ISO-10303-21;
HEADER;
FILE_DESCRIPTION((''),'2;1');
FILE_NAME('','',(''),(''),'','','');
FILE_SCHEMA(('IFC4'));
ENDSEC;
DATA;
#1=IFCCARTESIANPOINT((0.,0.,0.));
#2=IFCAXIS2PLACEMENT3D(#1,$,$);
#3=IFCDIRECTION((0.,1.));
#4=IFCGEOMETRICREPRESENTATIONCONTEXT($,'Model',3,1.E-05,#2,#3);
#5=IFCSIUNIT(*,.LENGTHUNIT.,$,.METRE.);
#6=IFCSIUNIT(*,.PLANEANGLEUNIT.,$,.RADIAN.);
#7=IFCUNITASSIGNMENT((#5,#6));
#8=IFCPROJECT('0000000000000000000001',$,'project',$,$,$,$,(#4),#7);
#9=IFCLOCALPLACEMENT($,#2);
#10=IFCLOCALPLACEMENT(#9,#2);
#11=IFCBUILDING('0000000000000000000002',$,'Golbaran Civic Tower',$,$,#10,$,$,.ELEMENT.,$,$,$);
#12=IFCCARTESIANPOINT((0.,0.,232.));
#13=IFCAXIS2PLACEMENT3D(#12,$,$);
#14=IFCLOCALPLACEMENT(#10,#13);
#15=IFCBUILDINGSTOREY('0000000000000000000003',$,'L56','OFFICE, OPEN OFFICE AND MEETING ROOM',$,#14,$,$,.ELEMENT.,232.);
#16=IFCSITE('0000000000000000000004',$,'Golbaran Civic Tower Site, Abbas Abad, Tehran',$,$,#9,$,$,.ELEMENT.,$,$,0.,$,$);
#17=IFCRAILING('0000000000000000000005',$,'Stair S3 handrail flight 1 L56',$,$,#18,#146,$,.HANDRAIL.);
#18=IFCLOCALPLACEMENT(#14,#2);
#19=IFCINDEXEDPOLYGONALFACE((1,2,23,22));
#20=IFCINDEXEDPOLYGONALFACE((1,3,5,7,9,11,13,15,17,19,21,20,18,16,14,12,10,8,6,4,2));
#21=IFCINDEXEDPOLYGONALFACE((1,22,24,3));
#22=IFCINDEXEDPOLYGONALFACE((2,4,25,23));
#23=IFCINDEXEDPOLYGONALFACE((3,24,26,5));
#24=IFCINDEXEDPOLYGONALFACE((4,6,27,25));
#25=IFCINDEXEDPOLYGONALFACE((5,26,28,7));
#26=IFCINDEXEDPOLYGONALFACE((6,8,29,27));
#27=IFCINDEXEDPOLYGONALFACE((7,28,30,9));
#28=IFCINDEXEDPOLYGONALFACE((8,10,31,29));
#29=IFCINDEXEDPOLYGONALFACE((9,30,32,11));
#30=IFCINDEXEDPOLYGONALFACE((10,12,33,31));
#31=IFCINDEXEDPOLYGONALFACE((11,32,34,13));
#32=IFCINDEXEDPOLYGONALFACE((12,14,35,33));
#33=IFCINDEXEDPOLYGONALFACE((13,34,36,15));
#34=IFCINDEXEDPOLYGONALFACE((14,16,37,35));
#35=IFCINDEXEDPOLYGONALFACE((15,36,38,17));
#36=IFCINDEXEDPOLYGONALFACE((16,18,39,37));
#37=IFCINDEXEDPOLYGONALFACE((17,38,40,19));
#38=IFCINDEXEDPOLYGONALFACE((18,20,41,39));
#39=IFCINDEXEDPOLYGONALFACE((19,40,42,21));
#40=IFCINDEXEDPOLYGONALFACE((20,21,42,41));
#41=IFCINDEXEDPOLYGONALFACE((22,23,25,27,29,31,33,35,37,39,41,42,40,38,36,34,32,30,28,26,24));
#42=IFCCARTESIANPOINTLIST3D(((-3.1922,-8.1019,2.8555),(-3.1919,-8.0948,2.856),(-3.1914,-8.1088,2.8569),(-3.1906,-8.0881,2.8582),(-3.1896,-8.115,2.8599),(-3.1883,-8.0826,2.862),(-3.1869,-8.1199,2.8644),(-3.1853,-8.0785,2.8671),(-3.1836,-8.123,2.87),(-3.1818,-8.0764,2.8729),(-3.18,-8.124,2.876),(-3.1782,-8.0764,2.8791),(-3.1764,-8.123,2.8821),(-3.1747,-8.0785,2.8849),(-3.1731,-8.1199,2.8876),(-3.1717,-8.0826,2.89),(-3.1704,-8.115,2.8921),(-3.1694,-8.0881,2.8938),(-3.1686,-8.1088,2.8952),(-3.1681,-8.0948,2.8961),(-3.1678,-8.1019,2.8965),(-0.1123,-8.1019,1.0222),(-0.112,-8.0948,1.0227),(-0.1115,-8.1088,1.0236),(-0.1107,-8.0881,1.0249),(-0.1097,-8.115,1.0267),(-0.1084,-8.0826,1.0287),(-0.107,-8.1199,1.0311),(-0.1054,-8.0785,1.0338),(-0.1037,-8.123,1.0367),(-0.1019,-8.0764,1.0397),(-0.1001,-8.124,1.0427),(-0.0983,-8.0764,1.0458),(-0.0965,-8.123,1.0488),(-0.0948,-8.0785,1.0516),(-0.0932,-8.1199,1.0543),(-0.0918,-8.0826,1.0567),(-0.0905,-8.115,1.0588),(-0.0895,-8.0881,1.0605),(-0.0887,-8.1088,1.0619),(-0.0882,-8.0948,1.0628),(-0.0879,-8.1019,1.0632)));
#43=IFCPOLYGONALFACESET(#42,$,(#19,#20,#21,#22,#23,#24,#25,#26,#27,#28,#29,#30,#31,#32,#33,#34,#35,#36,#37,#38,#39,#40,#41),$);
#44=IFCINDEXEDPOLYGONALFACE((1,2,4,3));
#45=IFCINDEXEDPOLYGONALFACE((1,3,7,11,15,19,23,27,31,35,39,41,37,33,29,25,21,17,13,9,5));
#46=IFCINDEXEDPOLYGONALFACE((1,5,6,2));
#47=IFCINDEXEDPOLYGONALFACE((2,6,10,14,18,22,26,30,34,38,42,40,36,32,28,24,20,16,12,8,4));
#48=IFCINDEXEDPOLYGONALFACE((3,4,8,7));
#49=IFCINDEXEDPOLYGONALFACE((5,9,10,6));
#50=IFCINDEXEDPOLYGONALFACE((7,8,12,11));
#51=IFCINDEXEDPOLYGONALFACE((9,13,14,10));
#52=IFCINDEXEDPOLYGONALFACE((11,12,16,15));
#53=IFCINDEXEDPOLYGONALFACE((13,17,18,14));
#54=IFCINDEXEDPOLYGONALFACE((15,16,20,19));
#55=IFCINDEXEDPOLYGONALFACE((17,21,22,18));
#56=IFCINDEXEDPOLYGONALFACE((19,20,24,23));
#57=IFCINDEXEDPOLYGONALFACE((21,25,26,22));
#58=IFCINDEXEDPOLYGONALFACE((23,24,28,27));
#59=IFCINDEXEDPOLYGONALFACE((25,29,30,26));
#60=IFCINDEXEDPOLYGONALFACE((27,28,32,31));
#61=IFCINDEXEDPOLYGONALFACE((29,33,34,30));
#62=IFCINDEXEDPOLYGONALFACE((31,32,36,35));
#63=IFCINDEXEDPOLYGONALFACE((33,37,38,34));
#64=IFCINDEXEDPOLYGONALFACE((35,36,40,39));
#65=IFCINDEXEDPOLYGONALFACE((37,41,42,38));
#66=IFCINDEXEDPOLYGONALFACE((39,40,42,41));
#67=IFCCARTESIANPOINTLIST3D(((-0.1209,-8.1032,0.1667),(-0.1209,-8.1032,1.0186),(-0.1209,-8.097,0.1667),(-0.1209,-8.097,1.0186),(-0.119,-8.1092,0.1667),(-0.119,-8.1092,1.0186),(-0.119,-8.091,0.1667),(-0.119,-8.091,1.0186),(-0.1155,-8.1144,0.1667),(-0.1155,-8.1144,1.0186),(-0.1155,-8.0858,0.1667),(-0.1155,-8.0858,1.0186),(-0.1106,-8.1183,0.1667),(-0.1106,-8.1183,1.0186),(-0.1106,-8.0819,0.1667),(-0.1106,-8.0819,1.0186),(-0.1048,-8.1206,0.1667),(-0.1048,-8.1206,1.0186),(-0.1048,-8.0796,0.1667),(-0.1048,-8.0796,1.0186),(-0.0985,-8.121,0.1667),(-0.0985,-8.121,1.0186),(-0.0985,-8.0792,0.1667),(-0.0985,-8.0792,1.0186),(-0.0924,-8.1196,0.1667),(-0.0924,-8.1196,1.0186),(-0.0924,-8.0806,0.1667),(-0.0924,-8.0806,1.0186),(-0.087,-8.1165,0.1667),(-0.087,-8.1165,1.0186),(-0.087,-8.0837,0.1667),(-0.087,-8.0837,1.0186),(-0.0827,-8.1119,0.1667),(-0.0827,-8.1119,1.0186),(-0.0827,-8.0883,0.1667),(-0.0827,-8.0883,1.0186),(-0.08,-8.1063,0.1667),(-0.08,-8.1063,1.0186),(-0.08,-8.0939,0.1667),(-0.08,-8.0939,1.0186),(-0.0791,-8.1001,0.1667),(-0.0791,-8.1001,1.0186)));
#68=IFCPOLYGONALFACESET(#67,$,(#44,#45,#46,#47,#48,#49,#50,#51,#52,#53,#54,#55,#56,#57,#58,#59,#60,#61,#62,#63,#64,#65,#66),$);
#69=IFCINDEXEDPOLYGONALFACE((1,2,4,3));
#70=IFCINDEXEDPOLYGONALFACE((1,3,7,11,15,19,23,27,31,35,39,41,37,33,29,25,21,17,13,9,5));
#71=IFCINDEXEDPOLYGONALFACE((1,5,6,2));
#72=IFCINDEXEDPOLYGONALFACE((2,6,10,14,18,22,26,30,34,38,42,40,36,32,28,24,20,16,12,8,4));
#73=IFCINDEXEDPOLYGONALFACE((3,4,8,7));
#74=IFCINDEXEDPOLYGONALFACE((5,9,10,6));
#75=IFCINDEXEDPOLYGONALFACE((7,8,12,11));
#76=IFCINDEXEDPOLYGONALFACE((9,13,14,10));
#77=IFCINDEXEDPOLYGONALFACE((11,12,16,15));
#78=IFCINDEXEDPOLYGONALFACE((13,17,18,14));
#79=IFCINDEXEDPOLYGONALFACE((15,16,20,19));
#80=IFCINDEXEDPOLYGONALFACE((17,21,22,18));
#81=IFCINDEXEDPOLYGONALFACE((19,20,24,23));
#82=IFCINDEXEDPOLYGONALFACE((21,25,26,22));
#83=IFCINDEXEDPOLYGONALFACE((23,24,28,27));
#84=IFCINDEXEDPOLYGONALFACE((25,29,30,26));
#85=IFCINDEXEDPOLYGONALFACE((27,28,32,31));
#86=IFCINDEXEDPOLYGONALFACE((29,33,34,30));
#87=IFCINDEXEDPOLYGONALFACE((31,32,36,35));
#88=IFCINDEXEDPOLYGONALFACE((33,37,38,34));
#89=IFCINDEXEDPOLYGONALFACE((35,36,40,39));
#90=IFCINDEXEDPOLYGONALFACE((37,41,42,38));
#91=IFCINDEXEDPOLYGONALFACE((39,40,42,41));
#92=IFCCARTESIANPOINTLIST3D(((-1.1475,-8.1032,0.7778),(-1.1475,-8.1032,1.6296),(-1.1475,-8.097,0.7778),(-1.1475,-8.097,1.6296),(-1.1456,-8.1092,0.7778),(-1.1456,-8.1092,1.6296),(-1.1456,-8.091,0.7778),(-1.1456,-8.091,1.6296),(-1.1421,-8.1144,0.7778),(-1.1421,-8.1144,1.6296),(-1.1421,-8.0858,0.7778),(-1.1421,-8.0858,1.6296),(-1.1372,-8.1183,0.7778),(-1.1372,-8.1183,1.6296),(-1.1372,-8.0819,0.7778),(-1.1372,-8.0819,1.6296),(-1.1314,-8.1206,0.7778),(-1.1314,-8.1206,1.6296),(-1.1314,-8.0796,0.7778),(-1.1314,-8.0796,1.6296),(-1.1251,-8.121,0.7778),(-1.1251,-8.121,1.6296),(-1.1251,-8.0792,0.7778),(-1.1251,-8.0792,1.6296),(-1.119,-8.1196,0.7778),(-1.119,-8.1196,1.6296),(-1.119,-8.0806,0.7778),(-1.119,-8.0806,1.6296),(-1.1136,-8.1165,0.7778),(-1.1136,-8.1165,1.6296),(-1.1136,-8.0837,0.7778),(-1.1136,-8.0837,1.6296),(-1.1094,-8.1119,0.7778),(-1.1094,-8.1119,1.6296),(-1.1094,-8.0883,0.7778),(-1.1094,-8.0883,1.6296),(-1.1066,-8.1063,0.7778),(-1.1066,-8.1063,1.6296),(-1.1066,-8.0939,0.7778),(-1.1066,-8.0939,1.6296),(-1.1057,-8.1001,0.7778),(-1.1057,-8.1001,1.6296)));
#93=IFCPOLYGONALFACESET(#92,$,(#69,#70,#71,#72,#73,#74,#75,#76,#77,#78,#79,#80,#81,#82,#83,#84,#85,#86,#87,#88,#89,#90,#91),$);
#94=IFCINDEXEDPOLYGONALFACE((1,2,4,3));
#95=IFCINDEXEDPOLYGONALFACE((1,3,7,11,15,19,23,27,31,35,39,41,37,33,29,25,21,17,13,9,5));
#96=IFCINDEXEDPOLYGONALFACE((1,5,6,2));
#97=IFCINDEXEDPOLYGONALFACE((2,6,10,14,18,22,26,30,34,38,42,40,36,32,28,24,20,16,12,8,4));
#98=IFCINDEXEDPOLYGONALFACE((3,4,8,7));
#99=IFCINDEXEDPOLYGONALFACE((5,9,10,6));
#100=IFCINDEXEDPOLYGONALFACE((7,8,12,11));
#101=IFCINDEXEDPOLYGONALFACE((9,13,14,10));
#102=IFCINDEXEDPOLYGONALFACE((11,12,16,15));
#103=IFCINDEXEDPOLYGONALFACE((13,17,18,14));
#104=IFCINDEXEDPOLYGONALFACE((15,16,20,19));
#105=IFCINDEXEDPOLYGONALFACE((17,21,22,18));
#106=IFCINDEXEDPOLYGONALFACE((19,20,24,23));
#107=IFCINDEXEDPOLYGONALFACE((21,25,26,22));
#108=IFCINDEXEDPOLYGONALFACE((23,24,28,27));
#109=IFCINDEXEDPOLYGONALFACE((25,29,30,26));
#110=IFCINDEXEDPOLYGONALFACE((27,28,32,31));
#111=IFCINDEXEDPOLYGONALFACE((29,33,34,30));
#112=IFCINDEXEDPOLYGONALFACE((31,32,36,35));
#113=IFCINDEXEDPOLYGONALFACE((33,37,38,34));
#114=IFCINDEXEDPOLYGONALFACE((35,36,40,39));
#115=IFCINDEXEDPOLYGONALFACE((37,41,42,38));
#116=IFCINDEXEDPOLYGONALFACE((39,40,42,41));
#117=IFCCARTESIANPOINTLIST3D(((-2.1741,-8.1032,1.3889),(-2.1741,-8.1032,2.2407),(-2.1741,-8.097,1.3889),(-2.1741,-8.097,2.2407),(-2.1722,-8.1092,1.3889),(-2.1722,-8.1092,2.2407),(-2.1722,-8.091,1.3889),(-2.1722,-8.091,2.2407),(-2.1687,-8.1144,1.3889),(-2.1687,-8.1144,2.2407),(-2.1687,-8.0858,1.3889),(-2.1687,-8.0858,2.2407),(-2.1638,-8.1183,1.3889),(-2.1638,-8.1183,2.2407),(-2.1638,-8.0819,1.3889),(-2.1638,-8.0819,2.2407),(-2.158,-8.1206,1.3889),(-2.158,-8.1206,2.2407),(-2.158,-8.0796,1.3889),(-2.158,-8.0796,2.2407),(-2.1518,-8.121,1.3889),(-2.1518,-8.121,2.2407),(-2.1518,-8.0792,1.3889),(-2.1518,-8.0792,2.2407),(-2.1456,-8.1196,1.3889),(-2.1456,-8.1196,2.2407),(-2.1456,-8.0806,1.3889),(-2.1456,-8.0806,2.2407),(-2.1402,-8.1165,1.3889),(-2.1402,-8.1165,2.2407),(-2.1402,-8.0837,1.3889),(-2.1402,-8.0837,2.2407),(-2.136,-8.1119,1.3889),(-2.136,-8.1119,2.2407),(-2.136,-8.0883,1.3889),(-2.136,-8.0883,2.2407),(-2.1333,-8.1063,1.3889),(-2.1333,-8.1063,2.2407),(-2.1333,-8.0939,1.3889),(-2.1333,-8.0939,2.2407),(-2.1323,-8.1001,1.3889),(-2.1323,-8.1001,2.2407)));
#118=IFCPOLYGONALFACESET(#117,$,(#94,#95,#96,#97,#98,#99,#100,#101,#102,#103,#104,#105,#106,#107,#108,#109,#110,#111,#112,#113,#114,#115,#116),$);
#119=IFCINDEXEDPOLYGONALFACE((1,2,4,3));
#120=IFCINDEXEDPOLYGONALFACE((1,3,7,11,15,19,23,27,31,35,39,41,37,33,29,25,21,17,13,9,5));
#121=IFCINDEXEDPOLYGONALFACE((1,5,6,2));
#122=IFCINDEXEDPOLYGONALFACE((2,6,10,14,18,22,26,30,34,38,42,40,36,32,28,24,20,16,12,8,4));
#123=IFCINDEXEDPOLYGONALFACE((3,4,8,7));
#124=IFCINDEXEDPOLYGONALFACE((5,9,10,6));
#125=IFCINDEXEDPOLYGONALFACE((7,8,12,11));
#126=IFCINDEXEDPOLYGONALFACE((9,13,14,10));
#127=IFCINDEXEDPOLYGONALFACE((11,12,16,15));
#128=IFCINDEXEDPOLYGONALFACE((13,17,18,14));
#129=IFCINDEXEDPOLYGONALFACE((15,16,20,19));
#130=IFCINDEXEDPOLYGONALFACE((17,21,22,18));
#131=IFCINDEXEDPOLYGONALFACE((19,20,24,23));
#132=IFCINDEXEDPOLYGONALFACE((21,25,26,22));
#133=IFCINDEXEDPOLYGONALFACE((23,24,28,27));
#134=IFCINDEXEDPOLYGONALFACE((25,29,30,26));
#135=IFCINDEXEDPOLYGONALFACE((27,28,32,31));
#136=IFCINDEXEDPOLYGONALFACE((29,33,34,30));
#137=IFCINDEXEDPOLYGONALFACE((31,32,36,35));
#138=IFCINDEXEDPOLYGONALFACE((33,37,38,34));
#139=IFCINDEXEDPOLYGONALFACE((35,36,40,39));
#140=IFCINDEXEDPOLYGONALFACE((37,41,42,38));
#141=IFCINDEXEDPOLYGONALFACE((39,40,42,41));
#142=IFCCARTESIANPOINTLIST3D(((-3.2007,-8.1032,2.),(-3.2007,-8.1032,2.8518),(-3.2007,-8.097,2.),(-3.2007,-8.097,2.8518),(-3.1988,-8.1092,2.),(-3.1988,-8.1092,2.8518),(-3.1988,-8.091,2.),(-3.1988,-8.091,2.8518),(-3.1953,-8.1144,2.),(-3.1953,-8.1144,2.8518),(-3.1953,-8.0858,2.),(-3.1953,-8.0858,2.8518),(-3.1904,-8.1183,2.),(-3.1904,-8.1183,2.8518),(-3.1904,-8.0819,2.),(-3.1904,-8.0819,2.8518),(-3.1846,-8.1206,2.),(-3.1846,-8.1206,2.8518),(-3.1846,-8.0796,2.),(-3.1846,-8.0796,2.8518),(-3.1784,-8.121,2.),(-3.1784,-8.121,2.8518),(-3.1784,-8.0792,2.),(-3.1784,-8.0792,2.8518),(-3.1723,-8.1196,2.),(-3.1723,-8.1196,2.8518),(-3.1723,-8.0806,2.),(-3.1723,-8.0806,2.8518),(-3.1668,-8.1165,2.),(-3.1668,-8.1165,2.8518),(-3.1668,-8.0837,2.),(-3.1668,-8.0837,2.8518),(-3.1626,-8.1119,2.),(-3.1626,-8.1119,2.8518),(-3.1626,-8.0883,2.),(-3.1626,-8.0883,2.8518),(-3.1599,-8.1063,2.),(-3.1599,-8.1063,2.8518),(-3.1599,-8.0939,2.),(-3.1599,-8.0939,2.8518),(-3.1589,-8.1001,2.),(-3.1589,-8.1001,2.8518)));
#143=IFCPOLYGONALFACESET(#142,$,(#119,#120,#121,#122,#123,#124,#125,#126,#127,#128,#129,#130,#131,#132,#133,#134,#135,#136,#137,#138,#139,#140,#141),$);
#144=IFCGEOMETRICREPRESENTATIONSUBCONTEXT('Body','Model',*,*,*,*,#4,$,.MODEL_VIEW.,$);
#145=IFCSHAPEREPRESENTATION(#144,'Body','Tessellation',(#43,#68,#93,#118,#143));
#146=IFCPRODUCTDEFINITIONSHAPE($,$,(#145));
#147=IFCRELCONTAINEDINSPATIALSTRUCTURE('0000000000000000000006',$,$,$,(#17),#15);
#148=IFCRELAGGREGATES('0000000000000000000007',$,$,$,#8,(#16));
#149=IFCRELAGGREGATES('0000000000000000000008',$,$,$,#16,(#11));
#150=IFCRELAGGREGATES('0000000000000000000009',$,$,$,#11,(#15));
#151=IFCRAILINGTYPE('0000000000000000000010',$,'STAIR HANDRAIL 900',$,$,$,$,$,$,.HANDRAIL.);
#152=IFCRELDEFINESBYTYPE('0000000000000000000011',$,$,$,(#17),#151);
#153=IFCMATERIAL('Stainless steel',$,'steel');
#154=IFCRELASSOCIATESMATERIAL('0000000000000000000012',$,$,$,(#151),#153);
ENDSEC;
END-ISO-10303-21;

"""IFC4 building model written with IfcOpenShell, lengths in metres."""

from ifc_helpers import new_model, si_unit, direction, frame, origin, origin_2d, place, context, subcontext, project, spatial, circle, extrude, material, type_object, element, save


model = new_model("IFC4")

# Units and contexts
model_context = context("Model", 3, precision=1e-05, world=origin(), true_north=direction((0.0, 1.0)))
body_context = subcontext(model_context, "Body", "Model", "MODEL_VIEW")
ifc_project = project(units=[si_unit("LENGTHUNIT", "METRE"), si_unit("PLANEANGLEUNIT", "RADIAN")], contexts=[model_context])

# Site, building, storey
site_placement = place(None, origin())
site = spatial("IfcSite", under=ifc_project, at=site_placement, Name="Golbaran Civic Tower Site, Abbas Abad, Tehran", CompositionType="ELEMENT", RefElevation=0.0)
building_placement = place(site_placement, origin())
building = spatial("IfcBuilding", under=site, at=building_placement, Name="Golbaran Civic Tower", CompositionType="ELEMENT")
storey_placement = place(building_placement, frame((0.0, 0.0, 232.0)))
storey = spatial("IfcBuildingStorey", under=building, at=storey_placement, Name="L56", Description="OFFICE, OPEN OFFICE AND MEETING ROOM", CompositionType="ELEMENT", Elevation=232.0)

# Shared definitions
ifc_material_1 = material(Name="Stainless steel", Category="steel")

# Railing
railing_type = type_object("IfcRailingType", Name="STAIR HANDRAIL 900", PredefinedType="HANDRAIL", material=ifc_material_1)
railing_1_placement = place(storey_placement, frame((-0.1001, -8.1001, 0.1667)))
element("IfcRailing", 1, at=railing_1_placement, inside=storey, type_object=railing_type, Name="Stair S3 handrail flight 1 L56", PredefinedType="HANDRAIL", context=body_context, shape_type="SweptSolid", body=[
    extrude(circle(Radius=0.0239, at=origin_2d()), frame((0.0, 0.0, 0.876), z_axis=(-0.859291, 0.0, 0.511487), x_axis=(0.0, -1.0, 0.0)), (0.0, 0.0, 1.0), 3.5842),
    extrude(circle(Radius=0.021, at=origin_2d()), origin(), (0.0, 0.0, 1.0), 0.8518),
    extrude(circle(Radius=0.021, at=origin_2d()), frame((-1.0266, 0.0, 0.6111)), (0.0, 0.0, 1.0), 0.8518),
    extrude(circle(Radius=0.021, at=origin_2d()), frame((-2.0532, 0.0, 1.2222)), (0.0, 0.0, 1.0), 0.8518),
    extrude(circle(Radius=0.021, at=origin_2d()), frame((-3.0798, 0.0, 1.8333)), (0.0, 0.0, 1.0), 0.8518),
])

save(model, "model.ifc")
